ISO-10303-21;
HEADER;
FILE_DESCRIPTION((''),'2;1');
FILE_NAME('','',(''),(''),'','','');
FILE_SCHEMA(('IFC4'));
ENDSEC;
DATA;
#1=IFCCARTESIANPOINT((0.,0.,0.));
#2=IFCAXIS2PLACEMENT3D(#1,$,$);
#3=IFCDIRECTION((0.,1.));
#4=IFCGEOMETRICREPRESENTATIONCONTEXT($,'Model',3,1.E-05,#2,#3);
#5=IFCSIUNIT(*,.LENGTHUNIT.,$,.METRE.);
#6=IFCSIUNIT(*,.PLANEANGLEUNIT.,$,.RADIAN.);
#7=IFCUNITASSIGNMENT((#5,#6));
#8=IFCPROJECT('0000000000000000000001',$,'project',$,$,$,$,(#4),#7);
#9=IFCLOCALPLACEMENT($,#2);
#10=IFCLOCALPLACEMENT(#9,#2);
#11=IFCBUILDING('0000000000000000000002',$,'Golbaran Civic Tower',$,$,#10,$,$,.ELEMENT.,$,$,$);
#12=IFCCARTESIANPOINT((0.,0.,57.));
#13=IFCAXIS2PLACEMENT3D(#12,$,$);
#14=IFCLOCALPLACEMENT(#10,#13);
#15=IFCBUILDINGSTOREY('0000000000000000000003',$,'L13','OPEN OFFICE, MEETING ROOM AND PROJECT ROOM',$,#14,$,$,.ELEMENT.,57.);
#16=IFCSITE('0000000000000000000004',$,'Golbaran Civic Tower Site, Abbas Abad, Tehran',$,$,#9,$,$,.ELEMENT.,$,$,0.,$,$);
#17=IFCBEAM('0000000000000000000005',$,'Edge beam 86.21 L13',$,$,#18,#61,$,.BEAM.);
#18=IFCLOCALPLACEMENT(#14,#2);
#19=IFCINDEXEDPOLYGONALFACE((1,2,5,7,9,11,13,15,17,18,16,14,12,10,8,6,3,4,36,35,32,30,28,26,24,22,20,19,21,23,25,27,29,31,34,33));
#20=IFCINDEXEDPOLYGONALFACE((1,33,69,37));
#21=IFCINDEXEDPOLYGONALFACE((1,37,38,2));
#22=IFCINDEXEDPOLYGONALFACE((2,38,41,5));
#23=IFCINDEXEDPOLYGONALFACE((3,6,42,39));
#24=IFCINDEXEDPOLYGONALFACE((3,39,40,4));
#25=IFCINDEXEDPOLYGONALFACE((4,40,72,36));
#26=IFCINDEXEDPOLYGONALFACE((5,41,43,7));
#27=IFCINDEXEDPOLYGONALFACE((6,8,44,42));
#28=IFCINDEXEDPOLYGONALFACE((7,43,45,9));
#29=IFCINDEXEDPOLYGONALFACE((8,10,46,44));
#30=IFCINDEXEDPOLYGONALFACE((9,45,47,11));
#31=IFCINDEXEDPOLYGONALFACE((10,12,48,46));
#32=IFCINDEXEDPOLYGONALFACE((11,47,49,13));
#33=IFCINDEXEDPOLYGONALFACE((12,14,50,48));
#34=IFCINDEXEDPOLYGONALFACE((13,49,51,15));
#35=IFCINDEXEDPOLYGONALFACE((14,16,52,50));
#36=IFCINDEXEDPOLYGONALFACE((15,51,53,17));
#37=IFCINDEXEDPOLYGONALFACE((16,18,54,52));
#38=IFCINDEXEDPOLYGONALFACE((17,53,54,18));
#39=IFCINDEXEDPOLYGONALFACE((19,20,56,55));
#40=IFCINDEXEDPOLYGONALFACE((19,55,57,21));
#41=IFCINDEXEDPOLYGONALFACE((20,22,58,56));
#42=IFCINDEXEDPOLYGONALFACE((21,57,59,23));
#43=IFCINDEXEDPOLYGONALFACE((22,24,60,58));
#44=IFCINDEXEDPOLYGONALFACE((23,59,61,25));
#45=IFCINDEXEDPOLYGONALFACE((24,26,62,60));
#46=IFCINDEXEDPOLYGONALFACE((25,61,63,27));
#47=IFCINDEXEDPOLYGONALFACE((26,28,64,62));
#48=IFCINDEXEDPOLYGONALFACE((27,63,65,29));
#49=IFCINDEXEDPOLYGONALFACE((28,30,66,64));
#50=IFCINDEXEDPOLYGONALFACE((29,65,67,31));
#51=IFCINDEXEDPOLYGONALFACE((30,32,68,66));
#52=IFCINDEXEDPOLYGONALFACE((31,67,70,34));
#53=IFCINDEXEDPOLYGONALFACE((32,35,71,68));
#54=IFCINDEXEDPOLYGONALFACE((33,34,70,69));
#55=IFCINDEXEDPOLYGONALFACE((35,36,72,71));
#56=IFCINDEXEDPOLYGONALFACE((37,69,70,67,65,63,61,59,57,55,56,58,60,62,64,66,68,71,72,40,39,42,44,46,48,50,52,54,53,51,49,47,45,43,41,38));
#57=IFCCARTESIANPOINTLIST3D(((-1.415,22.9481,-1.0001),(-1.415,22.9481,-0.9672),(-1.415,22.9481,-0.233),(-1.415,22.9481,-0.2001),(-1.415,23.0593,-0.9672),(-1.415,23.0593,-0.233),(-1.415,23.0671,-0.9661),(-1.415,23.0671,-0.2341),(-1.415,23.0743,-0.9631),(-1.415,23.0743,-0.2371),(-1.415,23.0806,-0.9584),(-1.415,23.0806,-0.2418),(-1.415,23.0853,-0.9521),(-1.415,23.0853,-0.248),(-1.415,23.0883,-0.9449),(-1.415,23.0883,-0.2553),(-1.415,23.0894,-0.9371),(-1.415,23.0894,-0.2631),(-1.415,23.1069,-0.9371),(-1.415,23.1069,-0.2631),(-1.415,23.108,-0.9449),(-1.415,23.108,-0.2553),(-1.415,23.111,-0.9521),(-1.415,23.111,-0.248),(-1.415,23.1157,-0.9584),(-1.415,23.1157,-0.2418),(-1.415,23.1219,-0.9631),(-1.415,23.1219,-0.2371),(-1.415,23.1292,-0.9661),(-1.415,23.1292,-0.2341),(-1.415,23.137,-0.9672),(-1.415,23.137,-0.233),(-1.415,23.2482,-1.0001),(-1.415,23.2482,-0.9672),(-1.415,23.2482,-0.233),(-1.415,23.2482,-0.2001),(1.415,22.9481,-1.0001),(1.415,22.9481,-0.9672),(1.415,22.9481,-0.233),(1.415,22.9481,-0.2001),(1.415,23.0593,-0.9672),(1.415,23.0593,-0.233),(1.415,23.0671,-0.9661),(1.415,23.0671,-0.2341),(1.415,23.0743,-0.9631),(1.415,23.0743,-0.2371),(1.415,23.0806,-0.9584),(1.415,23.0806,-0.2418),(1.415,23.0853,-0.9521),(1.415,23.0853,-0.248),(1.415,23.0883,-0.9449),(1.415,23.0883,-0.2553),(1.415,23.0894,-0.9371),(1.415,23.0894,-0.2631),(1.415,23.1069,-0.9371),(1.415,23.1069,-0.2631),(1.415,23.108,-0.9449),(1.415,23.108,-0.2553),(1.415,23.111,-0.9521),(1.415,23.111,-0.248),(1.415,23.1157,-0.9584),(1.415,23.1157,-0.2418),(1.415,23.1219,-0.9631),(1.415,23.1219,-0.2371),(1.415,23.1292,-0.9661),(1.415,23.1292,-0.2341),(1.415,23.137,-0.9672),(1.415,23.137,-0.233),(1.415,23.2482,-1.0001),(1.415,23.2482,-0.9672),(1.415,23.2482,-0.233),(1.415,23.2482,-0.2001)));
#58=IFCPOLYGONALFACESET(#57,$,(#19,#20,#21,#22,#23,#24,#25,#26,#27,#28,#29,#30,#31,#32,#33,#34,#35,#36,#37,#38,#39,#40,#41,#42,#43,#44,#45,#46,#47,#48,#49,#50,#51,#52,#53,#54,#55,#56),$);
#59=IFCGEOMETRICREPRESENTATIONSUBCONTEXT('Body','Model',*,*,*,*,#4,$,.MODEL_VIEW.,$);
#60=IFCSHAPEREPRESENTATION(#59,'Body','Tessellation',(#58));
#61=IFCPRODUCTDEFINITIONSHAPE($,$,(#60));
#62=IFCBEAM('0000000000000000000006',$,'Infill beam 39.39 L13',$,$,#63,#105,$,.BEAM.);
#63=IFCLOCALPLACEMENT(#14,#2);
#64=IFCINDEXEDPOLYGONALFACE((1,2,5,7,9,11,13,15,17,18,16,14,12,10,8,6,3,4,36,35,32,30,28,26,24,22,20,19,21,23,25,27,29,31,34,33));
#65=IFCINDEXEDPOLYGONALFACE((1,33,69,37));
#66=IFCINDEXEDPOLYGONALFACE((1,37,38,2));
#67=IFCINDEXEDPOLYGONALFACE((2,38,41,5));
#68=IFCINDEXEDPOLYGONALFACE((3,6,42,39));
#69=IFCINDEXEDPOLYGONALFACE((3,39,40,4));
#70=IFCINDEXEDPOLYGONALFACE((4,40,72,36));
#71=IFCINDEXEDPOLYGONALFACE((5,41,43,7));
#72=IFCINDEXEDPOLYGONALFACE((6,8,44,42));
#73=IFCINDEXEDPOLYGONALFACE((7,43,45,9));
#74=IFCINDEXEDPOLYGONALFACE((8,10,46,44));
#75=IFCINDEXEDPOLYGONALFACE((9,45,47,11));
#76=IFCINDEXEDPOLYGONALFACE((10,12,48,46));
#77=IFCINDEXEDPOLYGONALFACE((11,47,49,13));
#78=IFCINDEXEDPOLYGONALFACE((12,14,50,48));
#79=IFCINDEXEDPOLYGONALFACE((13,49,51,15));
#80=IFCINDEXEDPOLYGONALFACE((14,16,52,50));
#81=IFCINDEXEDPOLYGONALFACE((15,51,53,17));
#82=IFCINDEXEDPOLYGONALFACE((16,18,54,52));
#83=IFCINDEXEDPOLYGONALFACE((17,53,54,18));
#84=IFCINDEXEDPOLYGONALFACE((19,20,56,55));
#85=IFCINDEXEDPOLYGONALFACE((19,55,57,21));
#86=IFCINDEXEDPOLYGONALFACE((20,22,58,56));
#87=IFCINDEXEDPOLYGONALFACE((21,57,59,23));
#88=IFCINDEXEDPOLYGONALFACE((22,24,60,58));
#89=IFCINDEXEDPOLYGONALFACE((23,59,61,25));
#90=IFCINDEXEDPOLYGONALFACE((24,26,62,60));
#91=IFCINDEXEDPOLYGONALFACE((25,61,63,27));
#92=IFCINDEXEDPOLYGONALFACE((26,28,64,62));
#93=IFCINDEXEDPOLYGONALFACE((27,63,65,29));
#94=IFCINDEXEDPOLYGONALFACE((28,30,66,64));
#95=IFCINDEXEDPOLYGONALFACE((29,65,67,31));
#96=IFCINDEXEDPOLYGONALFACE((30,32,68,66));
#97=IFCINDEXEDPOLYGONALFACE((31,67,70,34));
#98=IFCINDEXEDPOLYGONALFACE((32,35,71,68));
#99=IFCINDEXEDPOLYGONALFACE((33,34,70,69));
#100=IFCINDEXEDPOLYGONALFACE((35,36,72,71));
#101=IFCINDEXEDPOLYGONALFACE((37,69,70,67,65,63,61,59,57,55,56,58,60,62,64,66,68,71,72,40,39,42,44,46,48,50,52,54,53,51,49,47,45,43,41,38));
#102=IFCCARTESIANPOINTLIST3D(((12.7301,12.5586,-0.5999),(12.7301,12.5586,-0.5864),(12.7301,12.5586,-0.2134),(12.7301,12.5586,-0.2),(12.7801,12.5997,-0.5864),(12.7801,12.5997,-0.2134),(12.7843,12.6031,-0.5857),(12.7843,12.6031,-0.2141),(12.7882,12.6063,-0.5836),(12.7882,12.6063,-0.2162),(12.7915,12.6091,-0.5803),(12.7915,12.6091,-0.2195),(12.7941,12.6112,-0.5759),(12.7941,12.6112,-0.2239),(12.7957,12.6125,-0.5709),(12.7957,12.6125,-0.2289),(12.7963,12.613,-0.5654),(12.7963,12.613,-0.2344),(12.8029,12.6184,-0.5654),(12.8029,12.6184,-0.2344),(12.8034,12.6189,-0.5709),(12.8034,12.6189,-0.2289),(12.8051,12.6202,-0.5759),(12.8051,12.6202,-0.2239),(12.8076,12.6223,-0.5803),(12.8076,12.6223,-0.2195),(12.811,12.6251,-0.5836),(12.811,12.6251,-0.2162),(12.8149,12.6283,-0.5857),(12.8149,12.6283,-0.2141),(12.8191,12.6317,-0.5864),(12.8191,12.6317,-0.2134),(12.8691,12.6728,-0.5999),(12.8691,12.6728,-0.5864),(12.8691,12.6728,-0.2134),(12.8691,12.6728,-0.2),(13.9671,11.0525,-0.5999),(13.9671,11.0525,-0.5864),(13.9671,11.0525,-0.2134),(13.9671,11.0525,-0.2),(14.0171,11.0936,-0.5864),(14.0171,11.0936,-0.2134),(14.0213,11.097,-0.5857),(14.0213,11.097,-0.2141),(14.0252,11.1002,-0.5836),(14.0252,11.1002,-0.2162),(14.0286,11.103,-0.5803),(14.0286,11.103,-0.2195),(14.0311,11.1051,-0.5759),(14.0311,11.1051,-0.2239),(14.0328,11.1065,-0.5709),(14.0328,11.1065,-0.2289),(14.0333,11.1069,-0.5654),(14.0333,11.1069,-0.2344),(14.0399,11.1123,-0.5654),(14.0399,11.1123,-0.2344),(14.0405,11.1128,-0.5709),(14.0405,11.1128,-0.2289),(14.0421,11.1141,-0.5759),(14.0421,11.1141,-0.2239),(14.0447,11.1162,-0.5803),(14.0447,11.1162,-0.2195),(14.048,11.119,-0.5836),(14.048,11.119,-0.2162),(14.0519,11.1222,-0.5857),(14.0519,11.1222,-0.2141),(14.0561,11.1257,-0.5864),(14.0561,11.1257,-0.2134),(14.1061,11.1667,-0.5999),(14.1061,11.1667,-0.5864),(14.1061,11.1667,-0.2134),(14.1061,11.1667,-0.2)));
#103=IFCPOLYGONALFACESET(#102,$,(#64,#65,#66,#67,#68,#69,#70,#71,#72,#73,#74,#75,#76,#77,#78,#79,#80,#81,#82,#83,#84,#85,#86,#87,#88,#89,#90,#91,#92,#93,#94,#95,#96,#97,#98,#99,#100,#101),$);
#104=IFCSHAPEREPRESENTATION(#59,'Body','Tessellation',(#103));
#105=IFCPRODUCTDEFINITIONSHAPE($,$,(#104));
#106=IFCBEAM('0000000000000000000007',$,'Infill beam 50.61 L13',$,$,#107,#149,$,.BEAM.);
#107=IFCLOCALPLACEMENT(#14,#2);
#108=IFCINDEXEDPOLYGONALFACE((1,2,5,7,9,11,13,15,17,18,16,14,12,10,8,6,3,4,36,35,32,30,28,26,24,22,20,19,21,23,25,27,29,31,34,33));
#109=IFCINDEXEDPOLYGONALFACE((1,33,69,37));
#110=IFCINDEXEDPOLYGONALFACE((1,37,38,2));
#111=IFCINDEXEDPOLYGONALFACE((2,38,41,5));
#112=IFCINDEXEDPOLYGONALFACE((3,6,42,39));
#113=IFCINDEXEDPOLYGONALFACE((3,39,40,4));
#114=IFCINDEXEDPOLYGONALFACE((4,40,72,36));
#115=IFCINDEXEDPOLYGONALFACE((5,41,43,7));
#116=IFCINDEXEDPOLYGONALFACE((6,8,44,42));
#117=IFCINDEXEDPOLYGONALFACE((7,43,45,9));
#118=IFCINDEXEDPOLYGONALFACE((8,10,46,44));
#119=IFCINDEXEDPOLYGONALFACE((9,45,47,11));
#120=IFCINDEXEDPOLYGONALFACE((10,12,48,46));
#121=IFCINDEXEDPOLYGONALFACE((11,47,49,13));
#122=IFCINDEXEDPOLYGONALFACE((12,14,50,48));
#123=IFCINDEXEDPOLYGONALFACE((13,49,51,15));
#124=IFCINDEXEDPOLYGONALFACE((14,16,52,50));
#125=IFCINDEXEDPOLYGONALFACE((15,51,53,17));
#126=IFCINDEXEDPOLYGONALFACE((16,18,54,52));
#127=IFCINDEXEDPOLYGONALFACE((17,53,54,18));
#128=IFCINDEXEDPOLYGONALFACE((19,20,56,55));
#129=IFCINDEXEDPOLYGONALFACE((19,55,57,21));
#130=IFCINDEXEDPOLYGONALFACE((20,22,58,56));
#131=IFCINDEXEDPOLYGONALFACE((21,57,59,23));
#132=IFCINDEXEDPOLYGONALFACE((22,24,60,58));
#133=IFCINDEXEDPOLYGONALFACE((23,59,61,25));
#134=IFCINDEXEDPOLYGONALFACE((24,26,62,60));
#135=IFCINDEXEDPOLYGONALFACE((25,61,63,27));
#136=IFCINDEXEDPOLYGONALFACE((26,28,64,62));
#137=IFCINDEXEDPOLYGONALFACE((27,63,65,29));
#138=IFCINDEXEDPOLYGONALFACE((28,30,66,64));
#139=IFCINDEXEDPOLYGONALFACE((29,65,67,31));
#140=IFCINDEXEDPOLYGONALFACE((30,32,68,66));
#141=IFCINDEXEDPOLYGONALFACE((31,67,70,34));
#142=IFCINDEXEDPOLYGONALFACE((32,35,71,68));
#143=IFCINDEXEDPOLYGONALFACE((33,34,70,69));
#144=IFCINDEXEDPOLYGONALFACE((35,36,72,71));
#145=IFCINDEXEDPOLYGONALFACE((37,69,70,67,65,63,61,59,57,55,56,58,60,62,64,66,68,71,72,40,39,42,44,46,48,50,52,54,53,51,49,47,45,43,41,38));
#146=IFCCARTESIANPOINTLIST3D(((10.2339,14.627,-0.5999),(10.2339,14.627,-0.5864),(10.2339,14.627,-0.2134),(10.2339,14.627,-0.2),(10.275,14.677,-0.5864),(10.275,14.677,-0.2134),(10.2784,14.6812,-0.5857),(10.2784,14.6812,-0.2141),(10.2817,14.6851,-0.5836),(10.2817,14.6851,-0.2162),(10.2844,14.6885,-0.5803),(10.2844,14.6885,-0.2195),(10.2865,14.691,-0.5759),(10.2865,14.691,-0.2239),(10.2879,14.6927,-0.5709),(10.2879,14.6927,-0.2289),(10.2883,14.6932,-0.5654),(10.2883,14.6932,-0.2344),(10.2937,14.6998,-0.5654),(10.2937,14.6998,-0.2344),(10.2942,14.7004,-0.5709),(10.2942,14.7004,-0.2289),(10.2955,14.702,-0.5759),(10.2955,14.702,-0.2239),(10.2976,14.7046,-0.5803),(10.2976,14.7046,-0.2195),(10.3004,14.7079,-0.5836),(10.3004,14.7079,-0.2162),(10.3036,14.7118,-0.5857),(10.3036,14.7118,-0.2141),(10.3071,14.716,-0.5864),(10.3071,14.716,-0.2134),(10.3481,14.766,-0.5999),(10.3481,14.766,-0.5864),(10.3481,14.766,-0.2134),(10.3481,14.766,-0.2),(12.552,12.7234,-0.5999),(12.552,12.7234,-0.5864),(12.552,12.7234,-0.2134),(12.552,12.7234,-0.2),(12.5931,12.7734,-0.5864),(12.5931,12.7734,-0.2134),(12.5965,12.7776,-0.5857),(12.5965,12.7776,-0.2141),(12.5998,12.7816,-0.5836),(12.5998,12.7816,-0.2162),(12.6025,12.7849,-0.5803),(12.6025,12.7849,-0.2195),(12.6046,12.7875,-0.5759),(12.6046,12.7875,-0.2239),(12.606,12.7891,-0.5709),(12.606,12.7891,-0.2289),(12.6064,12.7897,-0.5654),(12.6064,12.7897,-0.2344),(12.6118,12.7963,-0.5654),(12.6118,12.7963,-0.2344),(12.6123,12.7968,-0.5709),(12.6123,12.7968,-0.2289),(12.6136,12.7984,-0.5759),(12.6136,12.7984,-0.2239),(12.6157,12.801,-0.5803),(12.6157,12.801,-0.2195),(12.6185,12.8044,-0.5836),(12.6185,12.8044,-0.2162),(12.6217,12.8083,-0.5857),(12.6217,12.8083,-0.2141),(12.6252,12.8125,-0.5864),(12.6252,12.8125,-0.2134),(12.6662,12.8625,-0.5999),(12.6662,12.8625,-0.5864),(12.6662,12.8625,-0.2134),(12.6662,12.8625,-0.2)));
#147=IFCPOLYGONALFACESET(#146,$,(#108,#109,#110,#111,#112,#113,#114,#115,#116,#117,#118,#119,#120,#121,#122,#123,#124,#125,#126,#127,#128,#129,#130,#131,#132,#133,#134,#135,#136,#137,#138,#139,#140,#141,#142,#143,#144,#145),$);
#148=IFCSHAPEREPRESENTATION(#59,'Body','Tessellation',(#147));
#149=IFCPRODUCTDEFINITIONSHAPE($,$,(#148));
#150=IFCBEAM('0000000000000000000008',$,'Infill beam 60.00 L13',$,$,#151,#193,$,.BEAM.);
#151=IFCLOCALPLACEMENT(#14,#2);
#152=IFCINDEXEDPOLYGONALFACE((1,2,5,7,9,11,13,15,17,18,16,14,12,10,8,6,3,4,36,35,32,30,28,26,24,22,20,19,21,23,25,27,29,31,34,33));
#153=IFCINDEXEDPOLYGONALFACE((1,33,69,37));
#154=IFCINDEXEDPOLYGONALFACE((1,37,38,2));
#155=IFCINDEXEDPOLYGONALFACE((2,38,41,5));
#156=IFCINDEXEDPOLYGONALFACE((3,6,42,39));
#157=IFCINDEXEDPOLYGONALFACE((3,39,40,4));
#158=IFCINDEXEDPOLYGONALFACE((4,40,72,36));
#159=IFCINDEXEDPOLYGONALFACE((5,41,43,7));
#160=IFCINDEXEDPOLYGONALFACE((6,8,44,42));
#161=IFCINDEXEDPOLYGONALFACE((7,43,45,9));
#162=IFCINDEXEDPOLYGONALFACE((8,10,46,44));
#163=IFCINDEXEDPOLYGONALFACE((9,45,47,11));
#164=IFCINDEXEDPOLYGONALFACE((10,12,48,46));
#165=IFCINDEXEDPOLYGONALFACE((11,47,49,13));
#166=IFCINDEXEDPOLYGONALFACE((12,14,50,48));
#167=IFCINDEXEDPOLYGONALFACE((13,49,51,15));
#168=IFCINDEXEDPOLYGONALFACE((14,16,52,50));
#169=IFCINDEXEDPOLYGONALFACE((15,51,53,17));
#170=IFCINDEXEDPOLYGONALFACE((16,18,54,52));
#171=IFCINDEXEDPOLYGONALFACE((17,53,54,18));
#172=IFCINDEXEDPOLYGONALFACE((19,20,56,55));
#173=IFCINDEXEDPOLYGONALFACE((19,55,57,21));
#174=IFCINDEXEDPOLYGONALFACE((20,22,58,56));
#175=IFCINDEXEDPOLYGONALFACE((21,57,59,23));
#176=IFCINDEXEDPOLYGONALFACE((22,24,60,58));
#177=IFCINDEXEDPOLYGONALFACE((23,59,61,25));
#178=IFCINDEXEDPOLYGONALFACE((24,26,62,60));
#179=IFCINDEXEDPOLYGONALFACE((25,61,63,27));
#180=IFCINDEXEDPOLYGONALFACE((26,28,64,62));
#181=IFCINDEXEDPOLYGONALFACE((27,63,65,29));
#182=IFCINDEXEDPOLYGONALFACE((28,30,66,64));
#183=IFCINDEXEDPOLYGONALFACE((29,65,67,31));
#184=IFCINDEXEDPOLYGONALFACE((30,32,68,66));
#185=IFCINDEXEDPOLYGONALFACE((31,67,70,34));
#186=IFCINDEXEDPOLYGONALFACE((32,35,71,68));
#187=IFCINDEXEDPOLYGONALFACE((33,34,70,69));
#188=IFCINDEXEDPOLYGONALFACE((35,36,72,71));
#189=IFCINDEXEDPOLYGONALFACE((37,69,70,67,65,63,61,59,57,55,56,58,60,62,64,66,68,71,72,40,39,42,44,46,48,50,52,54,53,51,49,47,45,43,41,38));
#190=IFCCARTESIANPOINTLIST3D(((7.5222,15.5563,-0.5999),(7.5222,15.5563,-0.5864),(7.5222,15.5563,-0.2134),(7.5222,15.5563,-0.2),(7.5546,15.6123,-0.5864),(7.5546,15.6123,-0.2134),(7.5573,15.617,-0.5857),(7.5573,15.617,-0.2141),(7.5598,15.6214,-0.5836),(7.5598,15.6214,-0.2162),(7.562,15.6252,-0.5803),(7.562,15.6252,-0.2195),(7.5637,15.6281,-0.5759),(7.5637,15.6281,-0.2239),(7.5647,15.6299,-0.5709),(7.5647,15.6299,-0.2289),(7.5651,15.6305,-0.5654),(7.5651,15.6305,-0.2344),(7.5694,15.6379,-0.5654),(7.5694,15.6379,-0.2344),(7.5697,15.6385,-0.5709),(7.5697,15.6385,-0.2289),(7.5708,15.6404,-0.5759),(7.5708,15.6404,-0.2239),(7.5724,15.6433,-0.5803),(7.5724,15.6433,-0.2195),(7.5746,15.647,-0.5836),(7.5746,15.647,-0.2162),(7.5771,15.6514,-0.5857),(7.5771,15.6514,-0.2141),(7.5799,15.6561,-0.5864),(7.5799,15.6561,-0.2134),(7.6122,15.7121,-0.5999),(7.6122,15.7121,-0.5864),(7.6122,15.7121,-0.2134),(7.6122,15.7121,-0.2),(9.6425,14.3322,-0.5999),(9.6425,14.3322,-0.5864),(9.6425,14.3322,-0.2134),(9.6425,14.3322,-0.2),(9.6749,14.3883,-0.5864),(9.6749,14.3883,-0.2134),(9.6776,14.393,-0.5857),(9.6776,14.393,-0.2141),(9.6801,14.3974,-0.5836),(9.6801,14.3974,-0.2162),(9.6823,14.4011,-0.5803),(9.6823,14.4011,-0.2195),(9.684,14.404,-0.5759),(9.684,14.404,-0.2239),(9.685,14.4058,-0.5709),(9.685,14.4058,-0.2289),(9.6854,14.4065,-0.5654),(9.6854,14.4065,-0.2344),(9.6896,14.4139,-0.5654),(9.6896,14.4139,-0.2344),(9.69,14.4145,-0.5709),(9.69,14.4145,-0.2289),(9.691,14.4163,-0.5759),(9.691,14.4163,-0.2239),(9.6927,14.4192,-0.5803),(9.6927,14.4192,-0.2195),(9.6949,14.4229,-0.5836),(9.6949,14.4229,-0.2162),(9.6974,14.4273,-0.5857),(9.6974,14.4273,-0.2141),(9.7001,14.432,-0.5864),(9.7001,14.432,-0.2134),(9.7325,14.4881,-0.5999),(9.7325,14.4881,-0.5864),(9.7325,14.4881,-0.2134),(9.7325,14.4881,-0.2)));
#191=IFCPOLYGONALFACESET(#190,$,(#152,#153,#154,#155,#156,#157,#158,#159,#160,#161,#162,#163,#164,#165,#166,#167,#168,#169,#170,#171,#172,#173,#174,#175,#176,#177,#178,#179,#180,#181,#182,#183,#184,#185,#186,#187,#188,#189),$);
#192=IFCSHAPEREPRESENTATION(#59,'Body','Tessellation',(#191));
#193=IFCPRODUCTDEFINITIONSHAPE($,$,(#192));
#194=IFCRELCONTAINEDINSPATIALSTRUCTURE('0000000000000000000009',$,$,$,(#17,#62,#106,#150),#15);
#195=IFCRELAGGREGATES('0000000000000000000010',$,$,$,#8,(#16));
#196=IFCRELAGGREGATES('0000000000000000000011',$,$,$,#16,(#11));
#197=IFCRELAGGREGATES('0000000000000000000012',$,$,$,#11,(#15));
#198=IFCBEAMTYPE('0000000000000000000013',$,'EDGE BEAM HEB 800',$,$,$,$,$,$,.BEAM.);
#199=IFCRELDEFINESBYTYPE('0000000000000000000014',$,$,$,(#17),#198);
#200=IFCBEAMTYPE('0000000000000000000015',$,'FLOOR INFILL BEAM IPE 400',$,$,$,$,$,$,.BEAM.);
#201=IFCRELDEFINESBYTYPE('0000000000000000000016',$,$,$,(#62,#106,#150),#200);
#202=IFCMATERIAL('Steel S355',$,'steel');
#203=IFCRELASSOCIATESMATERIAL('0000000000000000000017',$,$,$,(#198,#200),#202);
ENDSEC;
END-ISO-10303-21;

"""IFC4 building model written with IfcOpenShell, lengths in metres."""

from ifc_helpers import new_model, si_unit, direction, frame, origin, origin_2d, place, context, subcontext, project, spatial, i_section, extrude, material, material_profile, profile_set, type_object, element, save


model = new_model("IFC4")

# Units and contexts
model_context = context("Model", 3, precision=1e-05, world=origin(), true_north=direction((0.0, 1.0)))
body_context = subcontext(model_context, "Body", "Model", "MODEL_VIEW")
ifc_project = project(units=[si_unit("LENGTHUNIT", "METRE"), si_unit("PLANEANGLEUNIT", "RADIAN")], contexts=[model_context])

# Site, building, storey
site_placement = place(None, origin())
site = spatial("IfcSite", under=ifc_project, at=site_placement, Name="Golbaran Civic Tower Site, Abbas Abad, Tehran", CompositionType="ELEMENT", RefElevation=0.0)
building_placement = place(site_placement, origin())
building = spatial("IfcBuilding", under=site, at=building_placement, Name="Golbaran Civic Tower", CompositionType="ELEMENT")
storey_placement = place(building_placement, frame((0.0, 0.0, 57.0)))
storey = spatial("IfcBuildingStorey", under=building, at=storey_placement, Name="L13", Description="OPEN OFFICE, MEETING ROOM AND PROJECT ROOM", CompositionType="ELEMENT", Elevation=57.0)

# Beams
ifc_material_1 = material(Name="Steel S355", Category="steel")
ifc_material_profile_1 = material_profile(ifc_material_1, i_section(OverallWidth=0.3, OverallDepth=0.8, WebThickness=0.0176, FlangeThickness=0.033, FilletRadius=0.03, at=origin_2d()), Name="HEB 800")
ifc_profile_set_1 = profile_set([ifc_material_profile_1], Name="Steel S355")
beam_type_1 = type_object("IfcBeamType", Name="EDGE BEAM HEB 800", PredefinedType="BEAM", material=ifc_profile_set_1)
beam_1_placement = place(storey_placement, frame((1.415, 23.0981, -0.6001), z_axis=(-1.0, 0.0, 0.0), x_axis=(0.0, -1.0, 0.0)))
element("IfcBeam", 1, at=beam_1_placement, inside=storey, type_object=beam_type_1, Name="Edge beam 86.21 L13", PredefinedType="BEAM", context=body_context, shape_type="SweptSolid", body=[
    extrude(i_section(OverallWidth=0.3, OverallDepth=0.8, WebThickness=0.0176, FlangeThickness=0.033, FilletRadius=0.03, at=origin_2d()), origin(), (0.0, 0.0, 1.0), 2.8301),
])
ifc_material_profile_2 = material_profile(ifc_material_1, i_section(OverallWidth=0.1799, OverallDepth=0.3999, WebThickness=0.0085, FlangeThickness=0.0134, FilletRadius=0.021, at=origin_2d()), Name="IPE 400")
ifc_profile_set_2 = profile_set([ifc_material_profile_2], Name="Steel S355")
beam_type_2 = type_object("IfcBeamType", Name="FLOOR INFILL BEAM IPE 400", PredefinedType="BEAM", material=ifc_profile_set_2)
beam_2_placement = place(storey_placement, frame((14.0366, 11.1096, -0.3999), z_axis=(-0.63471, 0.77275, 0.0), x_axis=(-0.77275, -0.63471, 0.0)))
element("IfcBeam", 2, at=beam_2_placement, inside=storey, type_object=beam_type_2, Name="Infill beam 39.39 L13", PredefinedType="BEAM", context=body_context, shape_type="SweptSolid", body=[
    extrude(i_section(OverallWidth=0.1799, OverallDepth=0.3999, WebThickness=0.0085, FlangeThickness=0.0134, FilletRadius=0.021, at=origin_2d()), origin(), (0.0, 0.0, 1.0), 1.949),
])
beam_3_placement = place(storey_placement, frame((12.6091, 12.793, -0.3999), z_axis=(-0.772825, 0.63462, 0.0), x_axis=(-0.63462, -0.772825, 0.0)))
element("IfcBeam", 3, at=beam_3_placement, inside=storey, type_object=beam_type_2, Name="Infill beam 50.61 L13", PredefinedType="BEAM", context=body_context, shape_type="SweptSolid", body=[
    extrude(i_section(OverallWidth=0.1799, OverallDepth=0.3999, WebThickness=0.0085, FlangeThickness=0.0134, FilletRadius=0.021, at=origin_2d()), origin(), (0.0, 0.0, 1.0), 2.9995),
])
beam_4_placement = place(storey_placement, frame((9.6875, 14.4102, -0.3999), z_axis=(-0.866038, 0.499979, 0.0), x_axis=(-0.499979, -0.866038, 0.0)))
element("IfcBeam", 4, at=beam_4_placement, inside=storey, type_object=beam_type_2, Name="Infill beam 60.00 L13", PredefinedType="BEAM", context=body_context, shape_type="SweptSolid", body=[
    extrude(i_section(OverallWidth=0.1799, OverallDepth=0.3999, WebThickness=0.0085, FlangeThickness=0.0134, FilletRadius=0.021, at=origin_2d()), origin(), (0.0, 0.0, 1.0), 2.4482),
])

save(model, "model.ifc")
